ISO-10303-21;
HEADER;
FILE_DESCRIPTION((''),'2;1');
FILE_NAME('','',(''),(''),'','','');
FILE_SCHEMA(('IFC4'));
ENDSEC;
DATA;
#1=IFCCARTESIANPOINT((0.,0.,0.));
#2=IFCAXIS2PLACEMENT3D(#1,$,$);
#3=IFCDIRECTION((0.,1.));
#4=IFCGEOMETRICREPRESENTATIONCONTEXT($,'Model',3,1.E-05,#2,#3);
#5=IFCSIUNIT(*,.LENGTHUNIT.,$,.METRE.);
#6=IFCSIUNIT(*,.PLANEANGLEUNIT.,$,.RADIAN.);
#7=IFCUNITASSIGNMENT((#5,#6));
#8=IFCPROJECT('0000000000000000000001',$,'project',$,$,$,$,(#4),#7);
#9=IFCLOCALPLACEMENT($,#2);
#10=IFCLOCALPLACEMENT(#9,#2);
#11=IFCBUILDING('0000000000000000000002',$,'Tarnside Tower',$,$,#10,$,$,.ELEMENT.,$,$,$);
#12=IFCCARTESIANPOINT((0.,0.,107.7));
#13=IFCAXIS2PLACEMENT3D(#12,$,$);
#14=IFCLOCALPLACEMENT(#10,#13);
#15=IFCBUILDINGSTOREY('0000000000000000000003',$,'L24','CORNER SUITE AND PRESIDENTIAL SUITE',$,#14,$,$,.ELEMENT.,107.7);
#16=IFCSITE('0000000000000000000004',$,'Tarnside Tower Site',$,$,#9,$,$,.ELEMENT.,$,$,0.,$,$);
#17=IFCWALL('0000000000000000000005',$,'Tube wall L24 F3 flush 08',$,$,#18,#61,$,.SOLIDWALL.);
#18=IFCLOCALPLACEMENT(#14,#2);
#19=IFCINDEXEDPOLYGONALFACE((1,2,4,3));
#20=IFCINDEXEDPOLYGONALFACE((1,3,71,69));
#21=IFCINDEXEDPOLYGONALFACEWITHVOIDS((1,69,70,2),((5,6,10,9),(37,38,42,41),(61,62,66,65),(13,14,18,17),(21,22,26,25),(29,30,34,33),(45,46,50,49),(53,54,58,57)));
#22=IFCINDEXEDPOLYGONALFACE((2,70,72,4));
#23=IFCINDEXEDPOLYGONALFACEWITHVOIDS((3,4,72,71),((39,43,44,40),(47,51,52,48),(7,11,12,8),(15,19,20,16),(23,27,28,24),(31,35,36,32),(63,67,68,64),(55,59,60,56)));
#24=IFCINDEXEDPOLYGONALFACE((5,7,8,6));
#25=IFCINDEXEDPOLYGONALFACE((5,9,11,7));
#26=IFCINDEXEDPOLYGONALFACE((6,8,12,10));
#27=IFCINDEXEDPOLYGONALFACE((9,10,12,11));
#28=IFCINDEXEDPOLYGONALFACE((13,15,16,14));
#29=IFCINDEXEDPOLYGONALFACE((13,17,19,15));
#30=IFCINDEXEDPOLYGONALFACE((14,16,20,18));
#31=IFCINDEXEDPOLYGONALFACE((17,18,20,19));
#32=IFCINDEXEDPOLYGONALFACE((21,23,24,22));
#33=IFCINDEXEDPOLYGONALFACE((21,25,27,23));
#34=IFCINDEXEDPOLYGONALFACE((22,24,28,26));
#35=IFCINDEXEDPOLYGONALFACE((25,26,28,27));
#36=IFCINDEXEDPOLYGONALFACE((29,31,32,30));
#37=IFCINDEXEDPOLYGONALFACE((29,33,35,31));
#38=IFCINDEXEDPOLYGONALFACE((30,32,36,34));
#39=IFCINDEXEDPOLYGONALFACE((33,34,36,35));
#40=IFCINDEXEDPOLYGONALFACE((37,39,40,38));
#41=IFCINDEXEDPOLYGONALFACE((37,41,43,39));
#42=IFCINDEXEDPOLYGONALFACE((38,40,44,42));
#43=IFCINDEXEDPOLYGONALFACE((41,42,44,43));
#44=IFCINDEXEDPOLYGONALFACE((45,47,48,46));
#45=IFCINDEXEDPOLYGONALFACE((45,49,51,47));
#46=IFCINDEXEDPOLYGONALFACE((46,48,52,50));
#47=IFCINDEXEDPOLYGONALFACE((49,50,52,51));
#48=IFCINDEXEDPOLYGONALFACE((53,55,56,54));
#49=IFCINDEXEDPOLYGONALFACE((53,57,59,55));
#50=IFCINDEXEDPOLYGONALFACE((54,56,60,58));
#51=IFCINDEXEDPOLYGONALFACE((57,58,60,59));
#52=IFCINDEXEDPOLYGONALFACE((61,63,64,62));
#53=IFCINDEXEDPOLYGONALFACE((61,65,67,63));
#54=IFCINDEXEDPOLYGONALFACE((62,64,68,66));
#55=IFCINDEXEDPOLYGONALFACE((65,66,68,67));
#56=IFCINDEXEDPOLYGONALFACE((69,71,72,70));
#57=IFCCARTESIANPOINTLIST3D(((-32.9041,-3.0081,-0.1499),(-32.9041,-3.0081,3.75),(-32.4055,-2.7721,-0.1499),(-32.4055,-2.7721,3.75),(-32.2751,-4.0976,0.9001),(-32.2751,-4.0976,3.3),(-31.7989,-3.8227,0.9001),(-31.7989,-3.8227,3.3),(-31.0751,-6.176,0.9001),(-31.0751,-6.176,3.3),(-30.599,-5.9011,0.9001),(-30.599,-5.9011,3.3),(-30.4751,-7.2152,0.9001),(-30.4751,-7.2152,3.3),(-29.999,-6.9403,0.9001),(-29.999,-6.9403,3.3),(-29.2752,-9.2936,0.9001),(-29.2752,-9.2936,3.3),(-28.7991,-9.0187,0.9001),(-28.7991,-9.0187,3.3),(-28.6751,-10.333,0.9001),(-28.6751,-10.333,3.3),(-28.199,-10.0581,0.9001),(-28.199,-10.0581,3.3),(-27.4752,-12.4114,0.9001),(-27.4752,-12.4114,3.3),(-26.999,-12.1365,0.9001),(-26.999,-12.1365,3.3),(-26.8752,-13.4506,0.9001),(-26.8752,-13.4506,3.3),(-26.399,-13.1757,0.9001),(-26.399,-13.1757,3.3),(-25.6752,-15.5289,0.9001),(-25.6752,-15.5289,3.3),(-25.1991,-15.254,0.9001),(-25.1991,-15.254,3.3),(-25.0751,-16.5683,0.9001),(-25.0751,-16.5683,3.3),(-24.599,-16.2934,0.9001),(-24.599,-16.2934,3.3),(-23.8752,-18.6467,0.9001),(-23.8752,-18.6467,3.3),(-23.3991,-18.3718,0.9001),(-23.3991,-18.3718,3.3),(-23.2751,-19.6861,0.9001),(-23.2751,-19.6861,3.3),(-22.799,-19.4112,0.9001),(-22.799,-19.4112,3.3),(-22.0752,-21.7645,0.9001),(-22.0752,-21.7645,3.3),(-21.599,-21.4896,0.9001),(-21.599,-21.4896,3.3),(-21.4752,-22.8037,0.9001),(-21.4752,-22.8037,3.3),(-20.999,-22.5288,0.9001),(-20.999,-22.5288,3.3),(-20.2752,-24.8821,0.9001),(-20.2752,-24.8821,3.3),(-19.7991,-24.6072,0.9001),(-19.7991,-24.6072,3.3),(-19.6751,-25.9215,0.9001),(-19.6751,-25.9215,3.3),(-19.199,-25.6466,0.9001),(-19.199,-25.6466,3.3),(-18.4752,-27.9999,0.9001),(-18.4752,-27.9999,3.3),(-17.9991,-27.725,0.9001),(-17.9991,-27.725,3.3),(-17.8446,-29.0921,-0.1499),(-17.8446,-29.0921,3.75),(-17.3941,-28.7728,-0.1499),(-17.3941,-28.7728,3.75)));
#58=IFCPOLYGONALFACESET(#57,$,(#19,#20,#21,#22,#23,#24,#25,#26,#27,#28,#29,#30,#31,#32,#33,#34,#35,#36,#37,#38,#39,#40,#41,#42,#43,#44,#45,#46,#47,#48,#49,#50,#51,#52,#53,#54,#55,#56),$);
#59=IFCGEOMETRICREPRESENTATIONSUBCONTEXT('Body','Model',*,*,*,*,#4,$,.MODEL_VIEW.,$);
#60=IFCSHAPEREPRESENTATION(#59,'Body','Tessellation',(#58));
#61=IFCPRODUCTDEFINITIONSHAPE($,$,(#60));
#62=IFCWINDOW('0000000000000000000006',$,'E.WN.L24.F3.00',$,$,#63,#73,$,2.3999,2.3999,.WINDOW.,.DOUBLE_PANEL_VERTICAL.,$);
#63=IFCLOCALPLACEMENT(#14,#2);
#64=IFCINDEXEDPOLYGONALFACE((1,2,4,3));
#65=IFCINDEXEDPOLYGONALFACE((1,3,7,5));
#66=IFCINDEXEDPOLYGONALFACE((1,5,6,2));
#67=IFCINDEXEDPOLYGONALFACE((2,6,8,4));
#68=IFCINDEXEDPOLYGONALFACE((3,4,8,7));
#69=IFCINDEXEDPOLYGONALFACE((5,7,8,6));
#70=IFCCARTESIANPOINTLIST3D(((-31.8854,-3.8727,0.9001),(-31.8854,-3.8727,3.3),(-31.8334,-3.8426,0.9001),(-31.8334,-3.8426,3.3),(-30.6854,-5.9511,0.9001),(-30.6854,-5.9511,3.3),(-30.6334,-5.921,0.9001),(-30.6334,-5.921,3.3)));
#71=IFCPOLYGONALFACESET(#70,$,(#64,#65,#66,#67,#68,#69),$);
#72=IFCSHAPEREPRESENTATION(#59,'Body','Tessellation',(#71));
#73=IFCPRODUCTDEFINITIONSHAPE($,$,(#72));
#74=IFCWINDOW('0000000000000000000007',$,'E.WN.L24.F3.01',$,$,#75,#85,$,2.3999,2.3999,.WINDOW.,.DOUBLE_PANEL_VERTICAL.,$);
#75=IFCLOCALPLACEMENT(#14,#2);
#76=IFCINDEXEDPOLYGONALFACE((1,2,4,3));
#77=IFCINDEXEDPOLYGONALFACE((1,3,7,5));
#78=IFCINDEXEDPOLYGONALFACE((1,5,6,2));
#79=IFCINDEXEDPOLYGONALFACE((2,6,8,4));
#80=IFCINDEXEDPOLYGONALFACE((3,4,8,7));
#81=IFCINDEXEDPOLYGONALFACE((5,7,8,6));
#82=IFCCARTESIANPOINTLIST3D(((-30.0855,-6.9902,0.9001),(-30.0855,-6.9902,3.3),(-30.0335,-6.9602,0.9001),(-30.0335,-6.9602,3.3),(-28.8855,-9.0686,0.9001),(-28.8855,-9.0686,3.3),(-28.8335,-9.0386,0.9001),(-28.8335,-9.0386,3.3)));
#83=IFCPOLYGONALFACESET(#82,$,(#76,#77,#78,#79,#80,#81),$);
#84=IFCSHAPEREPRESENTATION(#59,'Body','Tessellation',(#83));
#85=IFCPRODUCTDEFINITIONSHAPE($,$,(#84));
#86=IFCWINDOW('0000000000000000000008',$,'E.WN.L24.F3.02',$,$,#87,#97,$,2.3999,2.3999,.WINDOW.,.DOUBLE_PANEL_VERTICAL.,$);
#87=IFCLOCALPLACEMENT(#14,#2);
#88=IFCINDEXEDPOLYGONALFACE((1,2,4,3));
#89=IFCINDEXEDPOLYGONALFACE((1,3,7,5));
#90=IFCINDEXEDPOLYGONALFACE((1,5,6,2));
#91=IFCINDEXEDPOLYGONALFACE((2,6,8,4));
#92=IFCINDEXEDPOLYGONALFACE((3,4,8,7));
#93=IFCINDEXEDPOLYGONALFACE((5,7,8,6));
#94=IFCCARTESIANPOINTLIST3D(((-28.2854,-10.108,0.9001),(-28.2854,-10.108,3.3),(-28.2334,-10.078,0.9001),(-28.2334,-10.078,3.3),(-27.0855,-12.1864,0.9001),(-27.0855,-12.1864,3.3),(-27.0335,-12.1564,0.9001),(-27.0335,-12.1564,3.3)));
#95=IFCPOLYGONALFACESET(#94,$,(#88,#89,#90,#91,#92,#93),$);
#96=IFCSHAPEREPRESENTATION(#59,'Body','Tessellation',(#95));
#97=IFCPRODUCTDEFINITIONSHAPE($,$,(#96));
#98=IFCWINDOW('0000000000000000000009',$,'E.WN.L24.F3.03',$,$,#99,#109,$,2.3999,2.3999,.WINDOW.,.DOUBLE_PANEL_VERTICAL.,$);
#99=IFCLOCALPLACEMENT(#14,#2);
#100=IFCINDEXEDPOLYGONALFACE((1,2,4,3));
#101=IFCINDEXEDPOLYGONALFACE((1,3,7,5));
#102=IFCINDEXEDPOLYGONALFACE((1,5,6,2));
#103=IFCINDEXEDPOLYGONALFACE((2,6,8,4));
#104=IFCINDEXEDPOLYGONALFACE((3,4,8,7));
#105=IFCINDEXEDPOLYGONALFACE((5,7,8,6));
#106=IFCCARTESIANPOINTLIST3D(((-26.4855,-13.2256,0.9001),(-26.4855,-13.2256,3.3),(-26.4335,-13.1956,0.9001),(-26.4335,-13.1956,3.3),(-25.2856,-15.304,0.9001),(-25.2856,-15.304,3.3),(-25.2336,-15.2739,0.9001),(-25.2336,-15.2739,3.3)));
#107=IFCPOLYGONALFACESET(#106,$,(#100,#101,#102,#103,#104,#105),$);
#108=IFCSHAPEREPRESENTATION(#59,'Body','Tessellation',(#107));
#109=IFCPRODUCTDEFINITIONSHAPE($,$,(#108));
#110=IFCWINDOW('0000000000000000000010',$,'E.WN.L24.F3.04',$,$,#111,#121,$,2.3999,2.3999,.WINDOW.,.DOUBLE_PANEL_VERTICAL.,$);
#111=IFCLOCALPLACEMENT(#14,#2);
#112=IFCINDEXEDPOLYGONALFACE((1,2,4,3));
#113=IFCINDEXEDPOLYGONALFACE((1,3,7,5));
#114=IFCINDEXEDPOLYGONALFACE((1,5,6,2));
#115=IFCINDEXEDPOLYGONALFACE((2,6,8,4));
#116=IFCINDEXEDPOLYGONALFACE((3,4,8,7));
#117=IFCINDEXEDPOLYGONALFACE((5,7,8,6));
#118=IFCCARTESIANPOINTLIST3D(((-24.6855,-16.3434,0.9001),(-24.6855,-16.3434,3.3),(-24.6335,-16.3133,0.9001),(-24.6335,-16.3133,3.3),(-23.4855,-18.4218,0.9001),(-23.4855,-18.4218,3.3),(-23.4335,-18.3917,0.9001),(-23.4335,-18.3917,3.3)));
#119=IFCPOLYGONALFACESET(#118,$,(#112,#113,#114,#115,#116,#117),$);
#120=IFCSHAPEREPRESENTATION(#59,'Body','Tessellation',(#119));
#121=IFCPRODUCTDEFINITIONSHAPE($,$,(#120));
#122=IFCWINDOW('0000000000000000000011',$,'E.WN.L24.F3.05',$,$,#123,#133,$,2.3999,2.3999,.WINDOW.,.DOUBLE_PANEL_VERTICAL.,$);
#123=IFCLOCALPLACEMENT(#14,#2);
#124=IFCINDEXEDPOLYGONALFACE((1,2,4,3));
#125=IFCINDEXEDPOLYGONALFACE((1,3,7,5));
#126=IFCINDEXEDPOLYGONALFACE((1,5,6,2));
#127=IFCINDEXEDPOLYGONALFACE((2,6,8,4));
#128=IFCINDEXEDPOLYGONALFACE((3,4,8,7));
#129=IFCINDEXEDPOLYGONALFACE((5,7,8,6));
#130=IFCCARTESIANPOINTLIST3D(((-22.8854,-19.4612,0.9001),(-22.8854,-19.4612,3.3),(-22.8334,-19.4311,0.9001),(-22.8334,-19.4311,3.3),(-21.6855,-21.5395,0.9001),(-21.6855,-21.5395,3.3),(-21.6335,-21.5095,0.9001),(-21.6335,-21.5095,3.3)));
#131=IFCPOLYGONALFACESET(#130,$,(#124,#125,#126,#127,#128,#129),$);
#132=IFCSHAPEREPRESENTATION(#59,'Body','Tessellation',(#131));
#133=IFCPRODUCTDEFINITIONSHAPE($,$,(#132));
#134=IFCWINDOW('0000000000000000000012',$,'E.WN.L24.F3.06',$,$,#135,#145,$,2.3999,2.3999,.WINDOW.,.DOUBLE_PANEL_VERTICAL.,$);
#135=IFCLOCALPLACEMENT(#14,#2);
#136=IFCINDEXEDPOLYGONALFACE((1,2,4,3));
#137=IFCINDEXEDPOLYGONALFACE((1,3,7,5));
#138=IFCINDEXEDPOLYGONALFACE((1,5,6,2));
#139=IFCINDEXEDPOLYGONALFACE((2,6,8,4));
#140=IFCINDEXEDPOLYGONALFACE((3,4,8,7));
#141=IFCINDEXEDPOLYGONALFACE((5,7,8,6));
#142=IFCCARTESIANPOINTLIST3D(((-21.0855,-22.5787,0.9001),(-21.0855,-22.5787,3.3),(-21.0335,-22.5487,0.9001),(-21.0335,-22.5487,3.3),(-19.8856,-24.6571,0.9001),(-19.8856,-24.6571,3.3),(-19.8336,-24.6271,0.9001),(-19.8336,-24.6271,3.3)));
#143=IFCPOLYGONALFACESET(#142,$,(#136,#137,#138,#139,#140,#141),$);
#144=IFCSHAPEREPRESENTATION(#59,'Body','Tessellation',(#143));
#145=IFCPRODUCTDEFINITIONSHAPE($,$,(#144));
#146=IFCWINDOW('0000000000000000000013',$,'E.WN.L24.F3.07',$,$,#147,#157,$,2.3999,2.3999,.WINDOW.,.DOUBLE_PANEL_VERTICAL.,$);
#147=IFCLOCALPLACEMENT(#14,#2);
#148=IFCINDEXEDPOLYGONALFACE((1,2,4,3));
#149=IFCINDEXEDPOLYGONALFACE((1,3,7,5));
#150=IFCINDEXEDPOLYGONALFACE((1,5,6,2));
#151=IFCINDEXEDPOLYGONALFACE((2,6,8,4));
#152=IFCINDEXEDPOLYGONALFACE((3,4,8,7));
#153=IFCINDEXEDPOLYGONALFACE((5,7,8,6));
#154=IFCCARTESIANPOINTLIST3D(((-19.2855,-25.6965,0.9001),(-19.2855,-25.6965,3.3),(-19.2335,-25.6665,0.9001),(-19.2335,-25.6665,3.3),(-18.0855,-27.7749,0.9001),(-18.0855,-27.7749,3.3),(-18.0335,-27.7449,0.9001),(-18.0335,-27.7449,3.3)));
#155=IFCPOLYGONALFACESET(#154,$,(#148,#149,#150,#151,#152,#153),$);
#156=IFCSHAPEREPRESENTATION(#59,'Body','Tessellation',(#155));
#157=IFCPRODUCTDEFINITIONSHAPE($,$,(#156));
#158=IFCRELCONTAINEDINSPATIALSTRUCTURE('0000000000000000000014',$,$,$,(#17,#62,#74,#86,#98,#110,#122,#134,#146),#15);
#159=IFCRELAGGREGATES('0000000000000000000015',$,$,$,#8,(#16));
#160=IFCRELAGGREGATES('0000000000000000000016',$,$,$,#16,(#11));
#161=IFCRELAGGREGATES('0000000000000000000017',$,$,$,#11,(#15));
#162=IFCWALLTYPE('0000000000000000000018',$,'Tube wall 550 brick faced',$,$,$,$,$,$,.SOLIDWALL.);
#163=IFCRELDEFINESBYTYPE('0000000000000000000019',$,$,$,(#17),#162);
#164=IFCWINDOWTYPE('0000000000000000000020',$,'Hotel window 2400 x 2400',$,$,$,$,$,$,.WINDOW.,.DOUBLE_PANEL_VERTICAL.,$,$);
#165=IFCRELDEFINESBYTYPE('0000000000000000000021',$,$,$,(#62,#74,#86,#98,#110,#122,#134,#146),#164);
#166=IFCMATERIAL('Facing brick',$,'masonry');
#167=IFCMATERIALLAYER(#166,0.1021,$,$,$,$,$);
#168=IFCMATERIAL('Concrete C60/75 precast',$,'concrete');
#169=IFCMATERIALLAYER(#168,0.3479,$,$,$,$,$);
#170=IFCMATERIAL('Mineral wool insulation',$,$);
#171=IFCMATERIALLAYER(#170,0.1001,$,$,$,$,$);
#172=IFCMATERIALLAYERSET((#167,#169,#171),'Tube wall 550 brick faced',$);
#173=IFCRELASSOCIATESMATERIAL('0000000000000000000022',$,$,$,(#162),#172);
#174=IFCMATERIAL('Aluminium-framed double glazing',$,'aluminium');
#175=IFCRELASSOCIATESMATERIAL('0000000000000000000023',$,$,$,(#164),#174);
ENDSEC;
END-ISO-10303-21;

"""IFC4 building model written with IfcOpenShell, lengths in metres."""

from ifc_helpers import new_model, si_unit, direction, frame, frame_2d, origin, place, context, subcontext, project, spatial, polyline, rectangle, outline, extrude, material, layer, layer_set, type_object, element, fill, save


model = new_model("IFC4")

# Units and contexts
model_context = context("Model", 3, precision=1e-05, world=origin(), true_north=direction((0.0, 1.0)))
body_context = subcontext(model_context, "Body", "Model", "MODEL_VIEW")
ifc_project = project(units=[si_unit("LENGTHUNIT", "METRE"), si_unit("PLANEANGLEUNIT", "RADIAN")], contexts=[model_context])

# Site, building, storey
site_placement = place(None, origin())
site = spatial("IfcSite", under=ifc_project, at=site_placement, Name="Tarnside Tower Site", CompositionType="ELEMENT", RefElevation=0.0)
building_placement = place(site_placement, origin())
building = spatial("IfcBuilding", under=site, at=building_placement, Name="Tarnside Tower", CompositionType="ELEMENT")
storey_placement = place(building_placement, frame((0.0, 0.0, 107.7)))
storey = spatial("IfcBuildingStorey", under=building, at=storey_placement, Name="L24", Description="CORNER SUITE AND PRESIDENTIAL SUITE", CompositionType="ELEMENT", Elevation=107.7)

# Shared definitions
ifc_material_1 = material(Name="Facing brick", Category="masonry")
ifc_layer_1 = layer(ifc_material_1, 0.1021)
ifc_material_2 = material(Name="Concrete C60/75 precast", Category="concrete")
ifc_layer_2 = layer(ifc_material_2, 0.3479)
ifc_material_3 = material(Name="Mineral wool insulation")
ifc_layer_3 = layer(ifc_material_3, 0.1001)
ifc_layer_set_1 = layer_set([ifc_layer_1, ifc_layer_2, ifc_layer_3], Name="Tube wall 550 brick faced")
wall_type_1 = type_object("IfcWallType", Name="Tube wall 550 brick faced", PredefinedType="SOLIDWALL", material=ifc_layer_set_1)

# Wall, openings, windows
wall_1_placement = place(storey_placement, frame((-32.6548, -2.8901, -0.1499), z_axis=(0.0, 0.0, 1.0), x_axis=(0.499998, -0.866027, 0.0)))
wall_1 = element("IfcWall", 1, at=wall_1_placement, inside=storey, type_object=wall_type_1, Name="Tube wall L24 F3 flush 08", PredefinedType="SOLIDWALL", context=body_context, shape_type="SweptSolid", body=[
    extrude(outline(polyline([(-0.0225, -0.2749), (30.0967, -0.2749), (30.0454, 0.2749), (0.0225, 0.2749), (-0.0225, -0.2749)])), origin(), (0.0, 0.0, 1.0), 3.8999),
])
opening_1_placement = place(wall_1_placement, frame((1.2356, 0.0, 1.05)))
opening_1 = element("IfcOpeningElement", 2, at=opening_1_placement, cuts=wall_1, PredefinedType="OPENING", context=body_context, shape_type="SweptSolid", body=[
    extrude(rectangle(XDim=2.3999, YDim=2.3999, at=frame_2d((1.2, 1.2))), frame((0.0, 0.2852, 0.0), z_axis=(0.0, -1.0, 0.0), x_axis=(1.0, 0.0, 0.0)), (0.0, 0.0, 1.0), 0.5701),
])
opening_2_placement = place(wall_1_placement, frame((4.8354, 0.0, 1.05)))
opening_2 = element("IfcOpeningElement", 3, at=opening_2_placement, cuts=wall_1, PredefinedType="OPENING", context=body_context, shape_type="SweptSolid", body=[
    extrude(rectangle(XDim=2.3999, YDim=2.3999, at=frame_2d((1.2, 1.2))), frame((0.0, 0.2852, 0.0), z_axis=(0.0, -1.0, 0.0), x_axis=(1.0, 0.0, 0.0)), (0.0, 0.0, 1.0), 0.5701),
])
opening_3_placement = place(wall_1_placement, frame((8.4355, 0.0, 1.05)))
opening_3 = element("IfcOpeningElement", 4, at=opening_3_placement, cuts=wall_1, PredefinedType="OPENING", context=body_context, shape_type="SweptSolid", body=[
    extrude(rectangle(XDim=2.3999, YDim=2.3999, at=frame_2d((1.2, 1.2))), frame((0.0, 0.2852, 0.0), z_axis=(0.0, -1.0, 0.0), x_axis=(1.0, 0.0, 0.0)), (0.0, 0.0, 1.0), 0.5701),
])
opening_4_placement = place(wall_1_placement, frame((12.0354, 0.0, 1.05)))
opening_4 = element("IfcOpeningElement", 5, at=opening_4_placement, cuts=wall_1, PredefinedType="OPENING", context=body_context, shape_type="SweptSolid", body=[
    extrude(rectangle(XDim=2.3999, YDim=2.3999, at=frame_2d((1.2, 1.2))), frame((0.0, 0.2852, 0.0), z_axis=(0.0, -1.0, 0.0), x_axis=(1.0, 0.0, 0.0)), (0.0, 0.0, 1.0), 0.5701),
])
opening_5_placement = place(wall_1_placement, frame((15.6355, 0.0, 1.05)))
opening_5 = element("IfcOpeningElement", 6, at=opening_5_placement, cuts=wall_1, PredefinedType="OPENING", context=body_context, shape_type="SweptSolid", body=[
    extrude(rectangle(XDim=2.3999, YDim=2.3999, at=frame_2d((1.2, 1.2))), frame((0.0, 0.2852, 0.0), z_axis=(0.0, -1.0, 0.0), x_axis=(1.0, 0.0, 0.0)), (0.0, 0.0, 1.0), 0.5701),
])
opening_6_placement = place(wall_1_placement, frame((19.2356, 0.0, 1.05)))
opening_6 = element("IfcOpeningElement", 7, at=opening_6_placement, cuts=wall_1, PredefinedType="OPENING", context=body_context, shape_type="SweptSolid", body=[
    extrude(rectangle(XDim=2.3999, YDim=2.3999, at=frame_2d((1.2, 1.2))), frame((0.0, 0.2852, 0.0), z_axis=(0.0, -1.0, 0.0), x_axis=(1.0, 0.0, 0.0)), (0.0, 0.0, 1.0), 0.5701),
])
opening_7_placement = place(wall_1_placement, frame((22.8354, 0.0, 1.05)))
opening_7 = element("IfcOpeningElement", 8, at=opening_7_placement, cuts=wall_1, PredefinedType="OPENING", context=body_context, shape_type="SweptSolid", body=[
    extrude(rectangle(XDim=2.3999, YDim=2.3999, at=frame_2d((1.2, 1.2))), frame((0.0, 0.2852, 0.0), z_axis=(0.0, -1.0, 0.0), x_axis=(1.0, 0.0, 0.0)), (0.0, 0.0, 1.0), 0.5701),
])
opening_8_placement = place(wall_1_placement, frame((26.4355, 0.0, 1.05)))
opening_8 = element("IfcOpeningElement", 9, at=opening_8_placement, cuts=wall_1, PredefinedType="OPENING", context=body_context, shape_type="SweptSolid", body=[
    extrude(rectangle(XDim=2.3999, YDim=2.3999, at=frame_2d((1.2, 1.2))), frame((0.0, 0.2852, 0.0), z_axis=(0.0, -1.0, 0.0), x_axis=(1.0, 0.0, 0.0)), (0.0, 0.0, 1.0), 0.5701),
])
ifc_material_4 = material(Name="Aluminium-framed double glazing", Category="aluminium")
window_type = type_object("IfcWindowType", Name="Hotel window 2400 x 2400", PartitioningType="DOUBLE_PANEL_VERTICAL", PredefinedType="WINDOW", material=ifc_material_4)
window_1_placement = place(opening_1_placement, frame((0.0, 0.2051, 0.0)))
window_1 = element("IfcWindow", 10, at=window_1_placement, inside=storey, type_object=window_type, Name="E.WN.L24.F3.00", OverallHeight=2.3999, OverallWidth=2.3999, PartitioningType="DOUBLE_PANEL_VERTICAL", PredefinedType="WINDOW", context=body_context, shape_type="SweptSolid", body=[
    extrude(rectangle(XDim=2.3999, YDim=2.3999, at=frame_2d((1.2, 1.2))), frame((0.0, 0.03, 0.0), z_axis=(0.0, -1.0, 0.0), x_axis=(1.0, 0.0, 0.0)), (0.0, 0.0, 1.0), 0.0601),
])
fill(opening_1, window_1)
window_2_placement = place(opening_2_placement, frame((0.0, 0.2051, 0.0)))
window_2 = element("IfcWindow", 11, at=window_2_placement, inside=storey, type_object=window_type, Name="E.WN.L24.F3.01", OverallHeight=2.3999, OverallWidth=2.3999, PartitioningType="DOUBLE_PANEL_VERTICAL", PredefinedType="WINDOW", context=body_context, shape_type="SweptSolid", body=[
    extrude(rectangle(XDim=2.3999, YDim=2.3999, at=frame_2d((1.2, 1.2))), frame((0.0, 0.03, 0.0), z_axis=(0.0, -1.0, 0.0), x_axis=(1.0, 0.0, 0.0)), (0.0, 0.0, 1.0), 0.0601),
])
fill(opening_2, window_2)
window_3_placement = place(opening_3_placement, frame((0.0, 0.2051, 0.0)))
window_3 = element("IfcWindow", 12, at=window_3_placement, inside=storey, type_object=window_type, Name="E.WN.L24.F3.02", OverallHeight=2.3999, OverallWidth=2.3999, PartitioningType="DOUBLE_PANEL_VERTICAL", PredefinedType="WINDOW", context=body_context, shape_type="SweptSolid", body=[
    extrude(rectangle(XDim=2.3999, YDim=2.3999, at=frame_2d((1.2, 1.2))), frame((0.0, 0.03, 0.0), z_axis=(0.0, -1.0, 0.0), x_axis=(1.0, 0.0, 0.0)), (0.0, 0.0, 1.0), 0.0601),
])
fill(opening_3, window_3)
window_4_placement = place(opening_4_placement, frame((0.0, 0.2051, 0.0)))
window_4 = element("IfcWindow", 13, at=window_4_placement, inside=storey, type_object=window_type, Name="E.WN.L24.F3.03", OverallHeight=2.3999, OverallWidth=2.3999, PartitioningType="DOUBLE_PANEL_VERTICAL", PredefinedType="WINDOW", context=body_context, shape_type="SweptSolid", body=[
    extrude(rectangle(XDim=2.3999, YDim=2.3999, at=frame_2d((1.2, 1.2))), frame((0.0, 0.03, 0.0), z_axis=(0.0, -1.0, 0.0), x_axis=(1.0, 0.0, 0.0)), (0.0, 0.0, 1.0), 0.0601),
])
fill(opening_4, window_4)
window_5_placement = place(opening_5_placement, frame((0.0, 0.2051, 0.0)))
window_5 = element("IfcWindow", 14, at=window_5_placement, inside=storey, type_object=window_type, Name="E.WN.L24.F3.04", OverallHeight=2.3999, OverallWidth=2.3999, PartitioningType="DOUBLE_PANEL_VERTICAL", PredefinedType="WINDOW", context=body_context, shape_type="SweptSolid", body=[
    extrude(rectangle(XDim=2.3999, YDim=2.3999, at=frame_2d((1.2, 1.2))), frame((0.0, 0.03, 0.0), z_axis=(0.0, -1.0, 0.0), x_axis=(1.0, 0.0, 0.0)), (0.0, 0.0, 1.0), 0.0601),
])
fill(opening_5, window_5)
window_6_placement = place(opening_6_placement, frame((0.0, 0.2051, 0.0)))
window_6 = element("IfcWindow", 15, at=window_6_placement, inside=storey, type_object=window_type, Name="E.WN.L24.F3.05", OverallHeight=2.3999, OverallWidth=2.3999, PartitioningType="DOUBLE_PANEL_VERTICAL", PredefinedType="WINDOW", context=body_context, shape_type="SweptSolid", body=[
    extrude(rectangle(XDim=2.3999, YDim=2.3999, at=frame_2d((1.2, 1.2))), frame((0.0, 0.03, 0.0), z_axis=(0.0, -1.0, 0.0), x_axis=(1.0, 0.0, 0.0)), (0.0, 0.0, 1.0), 0.0601),
])
fill(opening_6, window_6)
window_7_placement = place(opening_7_placement, frame((0.0, 0.2051, 0.0)))
window_7 = element("IfcWindow", 16, at=window_7_placement, inside=storey, type_object=window_type, Name="E.WN.L24.F3.06", OverallHeight=2.3999, OverallWidth=2.3999, PartitioningType="DOUBLE_PANEL_VERTICAL", PredefinedType="WINDOW", context=body_context, shape_type="SweptSolid", body=[
    extrude(rectangle(XDim=2.3999, YDim=2.3999, at=frame_2d((1.2, 1.2))), frame((0.0, 0.03, 0.0), z_axis=(0.0, -1.0, 0.0), x_axis=(1.0, 0.0, 0.0)), (0.0, 0.0, 1.0), 0.0601),
])
fill(opening_7, window_7)
window_8_placement = place(opening_8_placement, frame((0.0, 0.2051, 0.0)))
window_8 = element("IfcWindow", 17, at=window_8_placement, inside=storey, type_object=window_type, Name="E.WN.L24.F3.07", OverallHeight=2.3999, OverallWidth=2.3999, PartitioningType="DOUBLE_PANEL_VERTICAL", PredefinedType="WINDOW", context=body_context, shape_type="SweptSolid", body=[
    extrude(rectangle(XDim=2.3999, YDim=2.3999, at=frame_2d((1.2, 1.2))), frame((0.0, 0.03, 0.0), z_axis=(0.0, -1.0, 0.0), x_axis=(1.0, 0.0, 0.0)), (0.0, 0.0, 1.0), 0.0601),
])
fill(opening_8, window_8)

save(model, "model.ifc")
